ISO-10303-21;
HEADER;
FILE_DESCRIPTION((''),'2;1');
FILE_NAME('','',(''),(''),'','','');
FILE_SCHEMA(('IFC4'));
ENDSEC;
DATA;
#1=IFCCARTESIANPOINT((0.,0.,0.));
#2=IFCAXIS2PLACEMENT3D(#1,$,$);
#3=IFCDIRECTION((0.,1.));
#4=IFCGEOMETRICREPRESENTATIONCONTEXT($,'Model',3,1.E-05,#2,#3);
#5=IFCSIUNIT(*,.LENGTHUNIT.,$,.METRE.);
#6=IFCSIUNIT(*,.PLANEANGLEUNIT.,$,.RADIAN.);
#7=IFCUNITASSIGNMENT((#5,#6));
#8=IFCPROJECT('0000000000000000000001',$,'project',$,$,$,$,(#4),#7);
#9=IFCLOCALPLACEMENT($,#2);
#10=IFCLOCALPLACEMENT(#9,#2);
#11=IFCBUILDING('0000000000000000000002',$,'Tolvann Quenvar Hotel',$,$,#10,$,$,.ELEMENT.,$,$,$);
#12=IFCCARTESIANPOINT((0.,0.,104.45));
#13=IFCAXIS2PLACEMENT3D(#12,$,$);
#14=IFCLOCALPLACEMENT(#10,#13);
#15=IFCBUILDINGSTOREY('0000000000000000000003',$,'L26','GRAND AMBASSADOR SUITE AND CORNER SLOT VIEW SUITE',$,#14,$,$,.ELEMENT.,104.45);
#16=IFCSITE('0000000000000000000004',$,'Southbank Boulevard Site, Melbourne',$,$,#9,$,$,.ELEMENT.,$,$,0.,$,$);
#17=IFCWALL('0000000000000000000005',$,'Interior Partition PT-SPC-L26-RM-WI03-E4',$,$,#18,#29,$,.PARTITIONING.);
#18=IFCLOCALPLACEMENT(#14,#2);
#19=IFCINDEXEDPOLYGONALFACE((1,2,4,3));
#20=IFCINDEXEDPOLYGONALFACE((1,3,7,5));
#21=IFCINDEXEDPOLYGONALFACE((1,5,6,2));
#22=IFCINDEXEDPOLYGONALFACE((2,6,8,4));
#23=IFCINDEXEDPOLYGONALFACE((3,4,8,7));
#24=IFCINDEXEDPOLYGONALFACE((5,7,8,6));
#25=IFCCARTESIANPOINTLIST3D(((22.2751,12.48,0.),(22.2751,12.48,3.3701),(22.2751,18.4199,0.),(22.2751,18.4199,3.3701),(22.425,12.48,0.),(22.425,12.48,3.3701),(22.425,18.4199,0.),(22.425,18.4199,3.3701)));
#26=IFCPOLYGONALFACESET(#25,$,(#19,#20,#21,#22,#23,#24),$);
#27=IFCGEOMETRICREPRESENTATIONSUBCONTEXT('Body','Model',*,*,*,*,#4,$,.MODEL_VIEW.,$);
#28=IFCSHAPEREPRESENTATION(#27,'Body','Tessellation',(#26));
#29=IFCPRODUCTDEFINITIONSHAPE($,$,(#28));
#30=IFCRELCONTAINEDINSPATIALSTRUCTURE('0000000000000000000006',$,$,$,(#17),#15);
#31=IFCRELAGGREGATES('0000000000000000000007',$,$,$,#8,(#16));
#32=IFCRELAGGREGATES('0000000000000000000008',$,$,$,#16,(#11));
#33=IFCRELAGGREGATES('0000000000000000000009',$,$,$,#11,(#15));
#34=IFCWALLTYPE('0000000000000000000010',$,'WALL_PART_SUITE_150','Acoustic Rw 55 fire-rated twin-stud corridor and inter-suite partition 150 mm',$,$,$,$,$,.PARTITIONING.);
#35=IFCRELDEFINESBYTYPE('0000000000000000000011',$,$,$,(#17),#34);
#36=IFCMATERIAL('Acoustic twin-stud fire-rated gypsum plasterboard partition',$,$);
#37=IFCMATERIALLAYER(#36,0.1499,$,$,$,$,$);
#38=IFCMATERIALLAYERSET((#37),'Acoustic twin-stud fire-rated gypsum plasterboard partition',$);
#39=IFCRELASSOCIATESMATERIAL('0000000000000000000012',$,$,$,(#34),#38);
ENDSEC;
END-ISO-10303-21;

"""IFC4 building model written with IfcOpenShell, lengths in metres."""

from ifc_helpers import new_model, si_unit, direction, frame, frame_2d, origin, place, context, subcontext, project, spatial, rectangle, extrude, material, layer, layer_set, type_object, element, save


model = new_model("IFC4")

# Units and contexts
model_context = context("Model", 3, precision=1e-05, world=origin(), true_north=direction((0.0, 1.0)))
body_context = subcontext(model_context, "Body", "Model", "MODEL_VIEW")
ifc_project = project(units=[si_unit("LENGTHUNIT", "METRE"), si_unit("PLANEANGLEUNIT", "RADIAN")], contexts=[model_context])

# Site, building, storey
site_placement = place(None, origin())
site = spatial("IfcSite", under=ifc_project, at=site_placement, Name="Southbank Boulevard Site, Melbourne", CompositionType="ELEMENT", RefElevation=0.0)
building_placement = place(site_placement, origin())
building = spatial("IfcBuilding", under=site, at=building_placement, Name="Tolvann Quenvar Hotel", CompositionType="ELEMENT")
storey_placement = place(building_placement, frame((0.0, 0.0, 104.45)))
storey = spatial("IfcBuildingStorey", under=building, at=storey_placement, Name="L26", Description="GRAND AMBASSADOR SUITE AND CORNER SLOT VIEW SUITE", CompositionType="ELEMENT", Elevation=104.45)

# Shared definitions
ifc_material_1 = material(Name="Acoustic twin-stud fire-rated gypsum plasterboard partition")
ifc_layer_1 = layer(ifc_material_1, 0.1499)
ifc_layer_set_1 = layer_set([ifc_layer_1], Name="Acoustic twin-stud fire-rated gypsum plasterboard partition")
wall_type_1 = type_object("IfcWallType", Name="WALL_PART_SUITE_150", Description="Acoustic Rw 55 fire-rated twin-stud corridor and inter-suite partition 150 mm", PredefinedType="PARTITIONING", material=ifc_layer_set_1)

# Wall
wall_1_placement = place(storey_placement, frame((22.3501, 12.48, 0.0), z_axis=(0.0, 0.0, 1.0), x_axis=(0.0, 1.0, 0.0)))
element("IfcWall", 1, at=wall_1_placement, inside=storey, type_object=wall_type_1, Name="Interior Partition PT-SPC-L26-RM-WI03-E4", PredefinedType="PARTITIONING", context=body_context, shape_type="SweptSolid", body=[
    extrude(rectangle(XDim=5.9399, YDim=0.1499, at=frame_2d((2.97, 0.0))), origin(), (0.0, 0.0, 1.0), 3.3701),
])

save(model, "model.ifc")
